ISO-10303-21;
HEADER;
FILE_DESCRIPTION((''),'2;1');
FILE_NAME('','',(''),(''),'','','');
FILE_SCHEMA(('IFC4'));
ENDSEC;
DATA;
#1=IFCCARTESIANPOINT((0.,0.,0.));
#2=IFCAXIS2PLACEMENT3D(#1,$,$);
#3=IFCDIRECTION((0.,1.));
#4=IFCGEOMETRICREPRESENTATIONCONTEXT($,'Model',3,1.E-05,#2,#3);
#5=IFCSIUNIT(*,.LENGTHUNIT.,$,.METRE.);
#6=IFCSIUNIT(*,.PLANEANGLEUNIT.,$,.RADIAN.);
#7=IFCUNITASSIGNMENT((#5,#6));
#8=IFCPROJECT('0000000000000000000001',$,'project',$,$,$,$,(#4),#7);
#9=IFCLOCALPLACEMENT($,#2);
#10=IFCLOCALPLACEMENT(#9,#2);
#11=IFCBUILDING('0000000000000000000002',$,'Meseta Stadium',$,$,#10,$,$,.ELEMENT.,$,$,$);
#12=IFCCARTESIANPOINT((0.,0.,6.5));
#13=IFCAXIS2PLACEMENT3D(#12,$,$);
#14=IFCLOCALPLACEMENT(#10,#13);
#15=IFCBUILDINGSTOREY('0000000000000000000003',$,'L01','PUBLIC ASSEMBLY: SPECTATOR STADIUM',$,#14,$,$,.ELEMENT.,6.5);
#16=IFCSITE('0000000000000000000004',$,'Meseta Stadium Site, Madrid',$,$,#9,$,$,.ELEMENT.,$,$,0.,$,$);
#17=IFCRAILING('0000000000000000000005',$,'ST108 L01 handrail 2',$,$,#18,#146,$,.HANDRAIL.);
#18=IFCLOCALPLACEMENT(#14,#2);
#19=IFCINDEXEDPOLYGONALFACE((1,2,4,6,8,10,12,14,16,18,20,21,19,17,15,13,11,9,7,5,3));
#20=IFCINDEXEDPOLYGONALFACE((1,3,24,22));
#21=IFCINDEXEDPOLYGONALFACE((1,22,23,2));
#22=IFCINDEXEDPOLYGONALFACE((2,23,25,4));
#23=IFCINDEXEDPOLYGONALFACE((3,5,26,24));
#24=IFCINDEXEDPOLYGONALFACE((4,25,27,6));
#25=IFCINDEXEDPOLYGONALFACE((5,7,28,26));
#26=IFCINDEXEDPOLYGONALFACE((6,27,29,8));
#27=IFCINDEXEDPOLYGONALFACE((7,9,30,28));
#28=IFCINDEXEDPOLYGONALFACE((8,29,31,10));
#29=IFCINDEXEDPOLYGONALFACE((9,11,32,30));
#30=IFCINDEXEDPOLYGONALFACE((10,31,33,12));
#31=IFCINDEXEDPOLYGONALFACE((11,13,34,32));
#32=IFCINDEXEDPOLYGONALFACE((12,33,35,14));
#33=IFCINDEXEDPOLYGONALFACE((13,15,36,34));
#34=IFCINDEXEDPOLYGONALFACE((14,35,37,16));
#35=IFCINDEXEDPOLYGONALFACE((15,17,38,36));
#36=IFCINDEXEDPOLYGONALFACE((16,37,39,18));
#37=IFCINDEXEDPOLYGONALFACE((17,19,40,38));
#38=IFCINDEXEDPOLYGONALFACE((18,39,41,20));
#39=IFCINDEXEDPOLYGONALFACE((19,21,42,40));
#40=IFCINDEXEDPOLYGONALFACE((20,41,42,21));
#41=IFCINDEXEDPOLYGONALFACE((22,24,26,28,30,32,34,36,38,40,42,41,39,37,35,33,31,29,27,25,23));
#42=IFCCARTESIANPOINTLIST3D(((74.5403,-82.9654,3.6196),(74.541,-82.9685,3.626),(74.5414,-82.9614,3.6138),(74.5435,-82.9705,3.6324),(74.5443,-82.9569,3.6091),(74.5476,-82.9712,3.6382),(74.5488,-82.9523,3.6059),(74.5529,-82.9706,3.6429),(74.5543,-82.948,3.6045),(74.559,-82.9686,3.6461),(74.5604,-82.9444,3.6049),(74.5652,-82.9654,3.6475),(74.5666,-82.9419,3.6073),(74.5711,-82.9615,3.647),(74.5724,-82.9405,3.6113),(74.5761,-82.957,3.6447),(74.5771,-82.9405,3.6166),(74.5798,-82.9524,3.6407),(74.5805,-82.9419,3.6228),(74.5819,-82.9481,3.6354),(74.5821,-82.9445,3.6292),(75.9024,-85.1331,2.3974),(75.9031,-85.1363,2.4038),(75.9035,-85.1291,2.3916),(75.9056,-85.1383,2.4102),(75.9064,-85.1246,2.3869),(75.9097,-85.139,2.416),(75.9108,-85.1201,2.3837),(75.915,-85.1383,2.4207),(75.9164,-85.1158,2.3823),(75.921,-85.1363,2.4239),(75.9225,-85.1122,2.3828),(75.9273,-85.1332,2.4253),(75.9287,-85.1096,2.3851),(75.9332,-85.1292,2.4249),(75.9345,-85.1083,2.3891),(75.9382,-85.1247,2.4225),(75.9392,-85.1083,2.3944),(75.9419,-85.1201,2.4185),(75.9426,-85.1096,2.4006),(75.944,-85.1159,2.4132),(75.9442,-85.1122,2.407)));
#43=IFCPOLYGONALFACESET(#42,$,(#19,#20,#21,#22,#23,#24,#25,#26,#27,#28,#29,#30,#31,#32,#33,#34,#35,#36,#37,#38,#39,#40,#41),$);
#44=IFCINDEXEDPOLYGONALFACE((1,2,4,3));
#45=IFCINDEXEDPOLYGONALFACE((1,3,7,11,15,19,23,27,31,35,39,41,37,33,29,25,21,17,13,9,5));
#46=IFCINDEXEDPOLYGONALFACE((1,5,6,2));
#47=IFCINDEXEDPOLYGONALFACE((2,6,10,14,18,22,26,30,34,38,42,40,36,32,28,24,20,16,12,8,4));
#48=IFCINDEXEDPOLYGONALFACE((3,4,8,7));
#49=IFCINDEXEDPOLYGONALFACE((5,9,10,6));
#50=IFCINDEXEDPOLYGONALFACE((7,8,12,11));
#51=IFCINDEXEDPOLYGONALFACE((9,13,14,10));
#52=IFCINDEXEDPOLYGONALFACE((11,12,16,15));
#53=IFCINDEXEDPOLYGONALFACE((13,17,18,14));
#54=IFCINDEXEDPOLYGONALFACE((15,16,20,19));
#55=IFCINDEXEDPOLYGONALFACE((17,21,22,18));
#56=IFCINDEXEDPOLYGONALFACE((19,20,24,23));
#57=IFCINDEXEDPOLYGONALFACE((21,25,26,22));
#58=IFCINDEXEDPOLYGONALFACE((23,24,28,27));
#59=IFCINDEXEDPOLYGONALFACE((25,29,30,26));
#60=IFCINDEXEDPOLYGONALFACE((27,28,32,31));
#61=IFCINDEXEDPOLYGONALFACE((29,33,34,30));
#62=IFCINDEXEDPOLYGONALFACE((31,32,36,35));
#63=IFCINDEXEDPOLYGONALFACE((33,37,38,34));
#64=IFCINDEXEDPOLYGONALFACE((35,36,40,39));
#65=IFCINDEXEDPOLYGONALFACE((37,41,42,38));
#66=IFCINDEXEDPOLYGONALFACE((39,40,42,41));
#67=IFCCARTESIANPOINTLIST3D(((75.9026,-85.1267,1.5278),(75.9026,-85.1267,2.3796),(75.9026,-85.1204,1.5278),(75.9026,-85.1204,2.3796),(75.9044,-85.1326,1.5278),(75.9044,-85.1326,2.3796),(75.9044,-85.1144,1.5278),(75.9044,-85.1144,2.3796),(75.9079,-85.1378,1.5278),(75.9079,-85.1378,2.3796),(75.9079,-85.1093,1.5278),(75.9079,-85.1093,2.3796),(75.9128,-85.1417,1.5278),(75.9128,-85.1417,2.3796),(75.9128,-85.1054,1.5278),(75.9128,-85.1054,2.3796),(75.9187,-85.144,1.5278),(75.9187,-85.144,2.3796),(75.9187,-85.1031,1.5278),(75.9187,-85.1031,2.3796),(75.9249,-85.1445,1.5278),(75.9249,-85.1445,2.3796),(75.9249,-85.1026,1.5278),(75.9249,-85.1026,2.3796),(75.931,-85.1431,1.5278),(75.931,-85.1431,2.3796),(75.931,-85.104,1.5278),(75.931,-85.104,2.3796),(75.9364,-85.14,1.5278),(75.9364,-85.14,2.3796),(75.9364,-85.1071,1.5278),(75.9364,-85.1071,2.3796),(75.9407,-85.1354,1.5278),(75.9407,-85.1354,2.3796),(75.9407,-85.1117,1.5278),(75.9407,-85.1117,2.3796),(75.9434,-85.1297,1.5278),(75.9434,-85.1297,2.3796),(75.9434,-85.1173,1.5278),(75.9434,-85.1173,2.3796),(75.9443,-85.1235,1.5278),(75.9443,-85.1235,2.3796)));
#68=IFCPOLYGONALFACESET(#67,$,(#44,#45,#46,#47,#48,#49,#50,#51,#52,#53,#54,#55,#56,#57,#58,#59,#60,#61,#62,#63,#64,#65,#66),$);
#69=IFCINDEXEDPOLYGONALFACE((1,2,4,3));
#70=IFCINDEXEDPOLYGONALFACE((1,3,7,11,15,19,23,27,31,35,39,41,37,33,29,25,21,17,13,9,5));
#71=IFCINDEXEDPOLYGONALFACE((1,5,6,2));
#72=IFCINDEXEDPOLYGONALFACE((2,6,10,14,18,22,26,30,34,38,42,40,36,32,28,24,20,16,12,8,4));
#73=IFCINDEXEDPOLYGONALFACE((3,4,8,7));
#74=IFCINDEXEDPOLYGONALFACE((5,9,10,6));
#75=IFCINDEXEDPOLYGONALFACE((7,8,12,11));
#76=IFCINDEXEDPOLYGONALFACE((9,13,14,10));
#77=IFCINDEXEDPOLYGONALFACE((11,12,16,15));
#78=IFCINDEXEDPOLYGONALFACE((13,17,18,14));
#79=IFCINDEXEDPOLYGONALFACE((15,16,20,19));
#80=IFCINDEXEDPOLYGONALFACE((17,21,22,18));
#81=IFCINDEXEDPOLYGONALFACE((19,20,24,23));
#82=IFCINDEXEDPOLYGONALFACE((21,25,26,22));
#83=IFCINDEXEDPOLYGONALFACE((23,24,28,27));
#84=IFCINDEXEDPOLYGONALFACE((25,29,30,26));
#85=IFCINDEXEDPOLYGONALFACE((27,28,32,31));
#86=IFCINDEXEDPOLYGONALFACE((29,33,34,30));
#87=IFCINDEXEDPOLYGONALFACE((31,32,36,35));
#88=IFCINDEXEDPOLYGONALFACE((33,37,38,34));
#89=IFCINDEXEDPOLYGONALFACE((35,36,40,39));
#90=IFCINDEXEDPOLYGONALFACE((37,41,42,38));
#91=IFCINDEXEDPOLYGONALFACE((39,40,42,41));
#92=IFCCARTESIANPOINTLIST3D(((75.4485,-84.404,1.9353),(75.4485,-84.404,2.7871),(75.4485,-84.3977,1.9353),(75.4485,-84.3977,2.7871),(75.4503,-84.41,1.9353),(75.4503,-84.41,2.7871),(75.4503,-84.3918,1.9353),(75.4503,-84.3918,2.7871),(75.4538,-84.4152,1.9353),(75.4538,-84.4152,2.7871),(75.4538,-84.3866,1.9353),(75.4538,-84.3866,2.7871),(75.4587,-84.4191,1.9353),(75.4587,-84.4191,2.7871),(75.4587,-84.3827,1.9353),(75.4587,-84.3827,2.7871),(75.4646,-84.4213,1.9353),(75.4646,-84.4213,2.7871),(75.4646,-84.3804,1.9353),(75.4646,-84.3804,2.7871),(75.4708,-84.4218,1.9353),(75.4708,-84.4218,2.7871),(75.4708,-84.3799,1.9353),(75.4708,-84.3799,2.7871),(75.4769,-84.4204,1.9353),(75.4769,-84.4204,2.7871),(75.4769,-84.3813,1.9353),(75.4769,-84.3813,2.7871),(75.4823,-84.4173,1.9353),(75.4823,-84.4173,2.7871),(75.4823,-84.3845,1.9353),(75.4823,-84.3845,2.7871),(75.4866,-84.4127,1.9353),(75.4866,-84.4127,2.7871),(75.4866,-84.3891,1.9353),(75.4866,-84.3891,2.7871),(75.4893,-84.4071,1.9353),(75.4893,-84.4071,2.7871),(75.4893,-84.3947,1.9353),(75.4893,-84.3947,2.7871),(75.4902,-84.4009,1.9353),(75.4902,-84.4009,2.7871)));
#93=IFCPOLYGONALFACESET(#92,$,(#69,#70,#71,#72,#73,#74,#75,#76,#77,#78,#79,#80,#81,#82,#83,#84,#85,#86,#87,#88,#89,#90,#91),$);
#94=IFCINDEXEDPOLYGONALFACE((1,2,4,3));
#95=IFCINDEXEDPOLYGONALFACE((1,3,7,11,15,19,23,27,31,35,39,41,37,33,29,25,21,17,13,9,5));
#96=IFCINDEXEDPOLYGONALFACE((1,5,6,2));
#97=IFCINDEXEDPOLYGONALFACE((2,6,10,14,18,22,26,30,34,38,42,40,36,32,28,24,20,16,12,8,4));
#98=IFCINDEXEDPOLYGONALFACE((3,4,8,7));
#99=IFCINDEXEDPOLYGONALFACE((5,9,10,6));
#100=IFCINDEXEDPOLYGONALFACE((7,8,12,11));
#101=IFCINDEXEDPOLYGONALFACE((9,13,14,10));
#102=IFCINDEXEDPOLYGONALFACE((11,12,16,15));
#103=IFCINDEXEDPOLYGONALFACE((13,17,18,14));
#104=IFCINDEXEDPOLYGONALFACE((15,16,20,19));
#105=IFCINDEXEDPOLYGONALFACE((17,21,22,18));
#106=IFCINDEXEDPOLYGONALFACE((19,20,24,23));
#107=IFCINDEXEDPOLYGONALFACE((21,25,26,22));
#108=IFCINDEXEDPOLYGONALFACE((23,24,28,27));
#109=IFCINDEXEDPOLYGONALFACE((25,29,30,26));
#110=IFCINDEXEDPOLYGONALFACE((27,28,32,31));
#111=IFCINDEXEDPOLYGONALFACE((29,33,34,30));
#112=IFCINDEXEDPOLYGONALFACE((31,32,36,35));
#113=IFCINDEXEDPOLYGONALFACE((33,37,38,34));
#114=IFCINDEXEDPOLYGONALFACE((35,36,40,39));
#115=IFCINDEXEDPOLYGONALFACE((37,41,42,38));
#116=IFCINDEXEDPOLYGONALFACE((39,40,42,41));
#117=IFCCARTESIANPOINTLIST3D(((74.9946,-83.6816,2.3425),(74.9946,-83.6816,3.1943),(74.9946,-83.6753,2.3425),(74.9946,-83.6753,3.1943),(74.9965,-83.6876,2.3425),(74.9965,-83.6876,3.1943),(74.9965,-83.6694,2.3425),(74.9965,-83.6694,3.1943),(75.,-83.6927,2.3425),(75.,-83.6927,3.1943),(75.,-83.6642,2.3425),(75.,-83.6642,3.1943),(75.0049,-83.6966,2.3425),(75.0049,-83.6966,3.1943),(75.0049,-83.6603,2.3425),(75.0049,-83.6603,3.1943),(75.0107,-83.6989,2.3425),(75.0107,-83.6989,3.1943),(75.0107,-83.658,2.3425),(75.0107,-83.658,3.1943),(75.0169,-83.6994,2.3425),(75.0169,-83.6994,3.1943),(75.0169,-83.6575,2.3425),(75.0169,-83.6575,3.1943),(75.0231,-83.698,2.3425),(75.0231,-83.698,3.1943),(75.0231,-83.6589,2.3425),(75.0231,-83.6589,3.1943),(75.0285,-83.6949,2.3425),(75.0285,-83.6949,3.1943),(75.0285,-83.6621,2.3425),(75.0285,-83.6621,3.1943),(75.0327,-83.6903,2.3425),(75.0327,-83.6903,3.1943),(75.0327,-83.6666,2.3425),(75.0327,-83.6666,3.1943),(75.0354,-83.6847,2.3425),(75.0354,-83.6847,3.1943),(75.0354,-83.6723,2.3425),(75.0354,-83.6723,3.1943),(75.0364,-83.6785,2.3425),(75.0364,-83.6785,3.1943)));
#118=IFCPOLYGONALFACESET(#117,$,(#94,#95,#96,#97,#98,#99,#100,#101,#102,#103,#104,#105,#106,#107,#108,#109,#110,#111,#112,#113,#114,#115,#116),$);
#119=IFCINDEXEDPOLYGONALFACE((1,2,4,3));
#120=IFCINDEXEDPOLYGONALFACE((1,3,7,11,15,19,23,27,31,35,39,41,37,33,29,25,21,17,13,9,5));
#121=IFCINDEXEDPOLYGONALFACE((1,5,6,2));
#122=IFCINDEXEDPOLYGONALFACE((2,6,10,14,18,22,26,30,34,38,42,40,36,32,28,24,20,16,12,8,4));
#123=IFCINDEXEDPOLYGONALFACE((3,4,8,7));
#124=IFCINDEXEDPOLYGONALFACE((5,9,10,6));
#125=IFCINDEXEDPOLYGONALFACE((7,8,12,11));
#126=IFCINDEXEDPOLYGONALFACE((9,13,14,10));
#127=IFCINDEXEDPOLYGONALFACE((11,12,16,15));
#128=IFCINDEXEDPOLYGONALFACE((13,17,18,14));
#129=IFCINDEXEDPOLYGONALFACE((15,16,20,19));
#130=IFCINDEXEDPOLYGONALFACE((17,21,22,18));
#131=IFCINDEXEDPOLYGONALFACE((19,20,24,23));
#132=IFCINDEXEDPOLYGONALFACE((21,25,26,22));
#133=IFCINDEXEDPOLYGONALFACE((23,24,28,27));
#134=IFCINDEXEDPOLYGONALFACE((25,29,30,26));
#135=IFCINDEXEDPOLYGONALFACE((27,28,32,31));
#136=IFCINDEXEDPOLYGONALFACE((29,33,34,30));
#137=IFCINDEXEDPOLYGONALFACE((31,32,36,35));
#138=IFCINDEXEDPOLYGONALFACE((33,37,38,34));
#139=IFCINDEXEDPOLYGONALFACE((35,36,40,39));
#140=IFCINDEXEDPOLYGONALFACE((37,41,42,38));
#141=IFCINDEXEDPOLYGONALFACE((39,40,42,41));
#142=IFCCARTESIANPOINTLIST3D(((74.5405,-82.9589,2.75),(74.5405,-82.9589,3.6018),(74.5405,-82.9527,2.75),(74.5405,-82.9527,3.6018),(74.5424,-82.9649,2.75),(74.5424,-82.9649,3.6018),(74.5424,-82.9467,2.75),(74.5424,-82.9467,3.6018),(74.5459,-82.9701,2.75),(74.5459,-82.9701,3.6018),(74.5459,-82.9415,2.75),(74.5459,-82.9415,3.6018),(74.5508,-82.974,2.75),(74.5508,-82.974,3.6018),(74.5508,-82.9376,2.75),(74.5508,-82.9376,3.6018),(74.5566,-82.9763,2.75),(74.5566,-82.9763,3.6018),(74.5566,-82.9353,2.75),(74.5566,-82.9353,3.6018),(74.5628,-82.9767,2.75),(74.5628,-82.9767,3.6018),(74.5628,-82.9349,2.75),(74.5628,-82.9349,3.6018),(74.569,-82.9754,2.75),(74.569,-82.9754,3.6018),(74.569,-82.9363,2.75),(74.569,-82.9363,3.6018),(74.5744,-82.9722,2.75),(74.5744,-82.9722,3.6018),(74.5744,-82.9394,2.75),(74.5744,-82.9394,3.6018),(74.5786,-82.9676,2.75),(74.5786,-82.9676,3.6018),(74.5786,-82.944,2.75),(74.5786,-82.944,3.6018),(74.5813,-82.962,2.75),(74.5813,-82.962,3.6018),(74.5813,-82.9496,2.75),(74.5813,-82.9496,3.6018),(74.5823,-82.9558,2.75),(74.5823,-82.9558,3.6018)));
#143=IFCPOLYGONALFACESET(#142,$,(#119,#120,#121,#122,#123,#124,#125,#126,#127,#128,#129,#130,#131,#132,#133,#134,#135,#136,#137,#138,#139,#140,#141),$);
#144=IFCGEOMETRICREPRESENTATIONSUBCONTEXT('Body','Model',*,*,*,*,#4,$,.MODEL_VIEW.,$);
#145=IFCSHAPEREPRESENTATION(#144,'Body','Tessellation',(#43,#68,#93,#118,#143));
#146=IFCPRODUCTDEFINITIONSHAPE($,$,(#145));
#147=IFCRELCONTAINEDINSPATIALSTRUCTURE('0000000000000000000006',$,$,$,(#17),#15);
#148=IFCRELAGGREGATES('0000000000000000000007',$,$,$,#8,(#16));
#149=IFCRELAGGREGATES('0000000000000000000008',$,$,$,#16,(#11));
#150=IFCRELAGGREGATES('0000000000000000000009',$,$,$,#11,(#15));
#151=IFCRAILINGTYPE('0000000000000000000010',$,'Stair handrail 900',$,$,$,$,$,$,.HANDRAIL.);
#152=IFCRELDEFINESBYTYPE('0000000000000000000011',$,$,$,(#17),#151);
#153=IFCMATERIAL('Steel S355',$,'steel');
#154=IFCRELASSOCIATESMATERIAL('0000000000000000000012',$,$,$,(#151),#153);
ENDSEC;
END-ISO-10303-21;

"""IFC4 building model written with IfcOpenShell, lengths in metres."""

from ifc_helpers import new_model, si_unit, direction, frame, origin, origin_2d, place, context, subcontext, project, spatial, circle, extrude, material, type_object, element, save


model = new_model("IFC4")

# Units and contexts
model_context = context("Model", 3, precision=1e-05, world=origin(), true_north=direction((0.0, 1.0)))
body_context = subcontext(model_context, "Body", "Model", "MODEL_VIEW")
ifc_project = project(units=[si_unit("LENGTHUNIT", "METRE"), si_unit("PLANEANGLEUNIT", "RADIAN")], contexts=[model_context])

# Site, building, storey
site_placement = place(None, origin())
site = spatial("IfcSite", under=ifc_project, at=site_placement, Name="Meseta Stadium Site, Madrid", CompositionType="ELEMENT", RefElevation=0.0)
building_placement = place(site_placement, origin())
building = spatial("IfcBuilding", under=site, at=building_placement, Name="Meseta Stadium", CompositionType="ELEMENT")
storey_placement = place(building_placement, frame((0.0, 0.0, 6.5)))
storey = spatial("IfcBuildingStorey", under=building, at=storey_placement, Name="L01", Description="PUBLIC ASSEMBLY: SPECTATOR STADIUM", CompositionType="ELEMENT", Elevation=6.5)

# Railing
ifc_material_1 = material(Name="Steel S355", Category="steel")
railing_type_1 = type_object("IfcRailingType", Name="Stair handrail 900", PredefinedType="HANDRAIL", material=ifc_material_1)
for number, where, name in (
    (1, (75.9233, -85.1235, 1.5278), "ST108 L01 handrail 2"),
):
    element("IfcRailing", number, at=place(storey_placement, frame(where)), inside=storey, type_object=railing_type_1, Name=name, PredefinedType="HANDRAIL", context=body_context, shape_type="SweptSolid", body=[
        extrude(circle(Radius=0.0239, at=origin_2d()), frame((0.0, 0.0, 0.876), z_axis=(-0.480125, 0.764121, 0.430813), x_axis=(-0.846726, -0.532029, 0.0)), (0.0, 0.0, 1.0), 2.8369),
        extrude(circle(Radius=0.021, at=origin_2d()), origin(), (0.0, 0.0, 1.0), 0.8518),
        extrude(circle(Radius=0.021, at=origin_2d()), frame((-0.4541, 0.7227, 0.4075)), (0.0, 0.0, 1.0), 0.8518),
        extrude(circle(Radius=0.021, at=origin_2d()), frame((-0.908, 1.4451, 0.8147)), (0.0, 0.0, 1.0), 0.8518),
        extrude(circle(Radius=0.021, at=origin_2d()), frame((-1.3621, 2.1677, 1.2222)), (0.0, 0.0, 1.0), 0.8518),
    ])

save(model, "model.ifc")
